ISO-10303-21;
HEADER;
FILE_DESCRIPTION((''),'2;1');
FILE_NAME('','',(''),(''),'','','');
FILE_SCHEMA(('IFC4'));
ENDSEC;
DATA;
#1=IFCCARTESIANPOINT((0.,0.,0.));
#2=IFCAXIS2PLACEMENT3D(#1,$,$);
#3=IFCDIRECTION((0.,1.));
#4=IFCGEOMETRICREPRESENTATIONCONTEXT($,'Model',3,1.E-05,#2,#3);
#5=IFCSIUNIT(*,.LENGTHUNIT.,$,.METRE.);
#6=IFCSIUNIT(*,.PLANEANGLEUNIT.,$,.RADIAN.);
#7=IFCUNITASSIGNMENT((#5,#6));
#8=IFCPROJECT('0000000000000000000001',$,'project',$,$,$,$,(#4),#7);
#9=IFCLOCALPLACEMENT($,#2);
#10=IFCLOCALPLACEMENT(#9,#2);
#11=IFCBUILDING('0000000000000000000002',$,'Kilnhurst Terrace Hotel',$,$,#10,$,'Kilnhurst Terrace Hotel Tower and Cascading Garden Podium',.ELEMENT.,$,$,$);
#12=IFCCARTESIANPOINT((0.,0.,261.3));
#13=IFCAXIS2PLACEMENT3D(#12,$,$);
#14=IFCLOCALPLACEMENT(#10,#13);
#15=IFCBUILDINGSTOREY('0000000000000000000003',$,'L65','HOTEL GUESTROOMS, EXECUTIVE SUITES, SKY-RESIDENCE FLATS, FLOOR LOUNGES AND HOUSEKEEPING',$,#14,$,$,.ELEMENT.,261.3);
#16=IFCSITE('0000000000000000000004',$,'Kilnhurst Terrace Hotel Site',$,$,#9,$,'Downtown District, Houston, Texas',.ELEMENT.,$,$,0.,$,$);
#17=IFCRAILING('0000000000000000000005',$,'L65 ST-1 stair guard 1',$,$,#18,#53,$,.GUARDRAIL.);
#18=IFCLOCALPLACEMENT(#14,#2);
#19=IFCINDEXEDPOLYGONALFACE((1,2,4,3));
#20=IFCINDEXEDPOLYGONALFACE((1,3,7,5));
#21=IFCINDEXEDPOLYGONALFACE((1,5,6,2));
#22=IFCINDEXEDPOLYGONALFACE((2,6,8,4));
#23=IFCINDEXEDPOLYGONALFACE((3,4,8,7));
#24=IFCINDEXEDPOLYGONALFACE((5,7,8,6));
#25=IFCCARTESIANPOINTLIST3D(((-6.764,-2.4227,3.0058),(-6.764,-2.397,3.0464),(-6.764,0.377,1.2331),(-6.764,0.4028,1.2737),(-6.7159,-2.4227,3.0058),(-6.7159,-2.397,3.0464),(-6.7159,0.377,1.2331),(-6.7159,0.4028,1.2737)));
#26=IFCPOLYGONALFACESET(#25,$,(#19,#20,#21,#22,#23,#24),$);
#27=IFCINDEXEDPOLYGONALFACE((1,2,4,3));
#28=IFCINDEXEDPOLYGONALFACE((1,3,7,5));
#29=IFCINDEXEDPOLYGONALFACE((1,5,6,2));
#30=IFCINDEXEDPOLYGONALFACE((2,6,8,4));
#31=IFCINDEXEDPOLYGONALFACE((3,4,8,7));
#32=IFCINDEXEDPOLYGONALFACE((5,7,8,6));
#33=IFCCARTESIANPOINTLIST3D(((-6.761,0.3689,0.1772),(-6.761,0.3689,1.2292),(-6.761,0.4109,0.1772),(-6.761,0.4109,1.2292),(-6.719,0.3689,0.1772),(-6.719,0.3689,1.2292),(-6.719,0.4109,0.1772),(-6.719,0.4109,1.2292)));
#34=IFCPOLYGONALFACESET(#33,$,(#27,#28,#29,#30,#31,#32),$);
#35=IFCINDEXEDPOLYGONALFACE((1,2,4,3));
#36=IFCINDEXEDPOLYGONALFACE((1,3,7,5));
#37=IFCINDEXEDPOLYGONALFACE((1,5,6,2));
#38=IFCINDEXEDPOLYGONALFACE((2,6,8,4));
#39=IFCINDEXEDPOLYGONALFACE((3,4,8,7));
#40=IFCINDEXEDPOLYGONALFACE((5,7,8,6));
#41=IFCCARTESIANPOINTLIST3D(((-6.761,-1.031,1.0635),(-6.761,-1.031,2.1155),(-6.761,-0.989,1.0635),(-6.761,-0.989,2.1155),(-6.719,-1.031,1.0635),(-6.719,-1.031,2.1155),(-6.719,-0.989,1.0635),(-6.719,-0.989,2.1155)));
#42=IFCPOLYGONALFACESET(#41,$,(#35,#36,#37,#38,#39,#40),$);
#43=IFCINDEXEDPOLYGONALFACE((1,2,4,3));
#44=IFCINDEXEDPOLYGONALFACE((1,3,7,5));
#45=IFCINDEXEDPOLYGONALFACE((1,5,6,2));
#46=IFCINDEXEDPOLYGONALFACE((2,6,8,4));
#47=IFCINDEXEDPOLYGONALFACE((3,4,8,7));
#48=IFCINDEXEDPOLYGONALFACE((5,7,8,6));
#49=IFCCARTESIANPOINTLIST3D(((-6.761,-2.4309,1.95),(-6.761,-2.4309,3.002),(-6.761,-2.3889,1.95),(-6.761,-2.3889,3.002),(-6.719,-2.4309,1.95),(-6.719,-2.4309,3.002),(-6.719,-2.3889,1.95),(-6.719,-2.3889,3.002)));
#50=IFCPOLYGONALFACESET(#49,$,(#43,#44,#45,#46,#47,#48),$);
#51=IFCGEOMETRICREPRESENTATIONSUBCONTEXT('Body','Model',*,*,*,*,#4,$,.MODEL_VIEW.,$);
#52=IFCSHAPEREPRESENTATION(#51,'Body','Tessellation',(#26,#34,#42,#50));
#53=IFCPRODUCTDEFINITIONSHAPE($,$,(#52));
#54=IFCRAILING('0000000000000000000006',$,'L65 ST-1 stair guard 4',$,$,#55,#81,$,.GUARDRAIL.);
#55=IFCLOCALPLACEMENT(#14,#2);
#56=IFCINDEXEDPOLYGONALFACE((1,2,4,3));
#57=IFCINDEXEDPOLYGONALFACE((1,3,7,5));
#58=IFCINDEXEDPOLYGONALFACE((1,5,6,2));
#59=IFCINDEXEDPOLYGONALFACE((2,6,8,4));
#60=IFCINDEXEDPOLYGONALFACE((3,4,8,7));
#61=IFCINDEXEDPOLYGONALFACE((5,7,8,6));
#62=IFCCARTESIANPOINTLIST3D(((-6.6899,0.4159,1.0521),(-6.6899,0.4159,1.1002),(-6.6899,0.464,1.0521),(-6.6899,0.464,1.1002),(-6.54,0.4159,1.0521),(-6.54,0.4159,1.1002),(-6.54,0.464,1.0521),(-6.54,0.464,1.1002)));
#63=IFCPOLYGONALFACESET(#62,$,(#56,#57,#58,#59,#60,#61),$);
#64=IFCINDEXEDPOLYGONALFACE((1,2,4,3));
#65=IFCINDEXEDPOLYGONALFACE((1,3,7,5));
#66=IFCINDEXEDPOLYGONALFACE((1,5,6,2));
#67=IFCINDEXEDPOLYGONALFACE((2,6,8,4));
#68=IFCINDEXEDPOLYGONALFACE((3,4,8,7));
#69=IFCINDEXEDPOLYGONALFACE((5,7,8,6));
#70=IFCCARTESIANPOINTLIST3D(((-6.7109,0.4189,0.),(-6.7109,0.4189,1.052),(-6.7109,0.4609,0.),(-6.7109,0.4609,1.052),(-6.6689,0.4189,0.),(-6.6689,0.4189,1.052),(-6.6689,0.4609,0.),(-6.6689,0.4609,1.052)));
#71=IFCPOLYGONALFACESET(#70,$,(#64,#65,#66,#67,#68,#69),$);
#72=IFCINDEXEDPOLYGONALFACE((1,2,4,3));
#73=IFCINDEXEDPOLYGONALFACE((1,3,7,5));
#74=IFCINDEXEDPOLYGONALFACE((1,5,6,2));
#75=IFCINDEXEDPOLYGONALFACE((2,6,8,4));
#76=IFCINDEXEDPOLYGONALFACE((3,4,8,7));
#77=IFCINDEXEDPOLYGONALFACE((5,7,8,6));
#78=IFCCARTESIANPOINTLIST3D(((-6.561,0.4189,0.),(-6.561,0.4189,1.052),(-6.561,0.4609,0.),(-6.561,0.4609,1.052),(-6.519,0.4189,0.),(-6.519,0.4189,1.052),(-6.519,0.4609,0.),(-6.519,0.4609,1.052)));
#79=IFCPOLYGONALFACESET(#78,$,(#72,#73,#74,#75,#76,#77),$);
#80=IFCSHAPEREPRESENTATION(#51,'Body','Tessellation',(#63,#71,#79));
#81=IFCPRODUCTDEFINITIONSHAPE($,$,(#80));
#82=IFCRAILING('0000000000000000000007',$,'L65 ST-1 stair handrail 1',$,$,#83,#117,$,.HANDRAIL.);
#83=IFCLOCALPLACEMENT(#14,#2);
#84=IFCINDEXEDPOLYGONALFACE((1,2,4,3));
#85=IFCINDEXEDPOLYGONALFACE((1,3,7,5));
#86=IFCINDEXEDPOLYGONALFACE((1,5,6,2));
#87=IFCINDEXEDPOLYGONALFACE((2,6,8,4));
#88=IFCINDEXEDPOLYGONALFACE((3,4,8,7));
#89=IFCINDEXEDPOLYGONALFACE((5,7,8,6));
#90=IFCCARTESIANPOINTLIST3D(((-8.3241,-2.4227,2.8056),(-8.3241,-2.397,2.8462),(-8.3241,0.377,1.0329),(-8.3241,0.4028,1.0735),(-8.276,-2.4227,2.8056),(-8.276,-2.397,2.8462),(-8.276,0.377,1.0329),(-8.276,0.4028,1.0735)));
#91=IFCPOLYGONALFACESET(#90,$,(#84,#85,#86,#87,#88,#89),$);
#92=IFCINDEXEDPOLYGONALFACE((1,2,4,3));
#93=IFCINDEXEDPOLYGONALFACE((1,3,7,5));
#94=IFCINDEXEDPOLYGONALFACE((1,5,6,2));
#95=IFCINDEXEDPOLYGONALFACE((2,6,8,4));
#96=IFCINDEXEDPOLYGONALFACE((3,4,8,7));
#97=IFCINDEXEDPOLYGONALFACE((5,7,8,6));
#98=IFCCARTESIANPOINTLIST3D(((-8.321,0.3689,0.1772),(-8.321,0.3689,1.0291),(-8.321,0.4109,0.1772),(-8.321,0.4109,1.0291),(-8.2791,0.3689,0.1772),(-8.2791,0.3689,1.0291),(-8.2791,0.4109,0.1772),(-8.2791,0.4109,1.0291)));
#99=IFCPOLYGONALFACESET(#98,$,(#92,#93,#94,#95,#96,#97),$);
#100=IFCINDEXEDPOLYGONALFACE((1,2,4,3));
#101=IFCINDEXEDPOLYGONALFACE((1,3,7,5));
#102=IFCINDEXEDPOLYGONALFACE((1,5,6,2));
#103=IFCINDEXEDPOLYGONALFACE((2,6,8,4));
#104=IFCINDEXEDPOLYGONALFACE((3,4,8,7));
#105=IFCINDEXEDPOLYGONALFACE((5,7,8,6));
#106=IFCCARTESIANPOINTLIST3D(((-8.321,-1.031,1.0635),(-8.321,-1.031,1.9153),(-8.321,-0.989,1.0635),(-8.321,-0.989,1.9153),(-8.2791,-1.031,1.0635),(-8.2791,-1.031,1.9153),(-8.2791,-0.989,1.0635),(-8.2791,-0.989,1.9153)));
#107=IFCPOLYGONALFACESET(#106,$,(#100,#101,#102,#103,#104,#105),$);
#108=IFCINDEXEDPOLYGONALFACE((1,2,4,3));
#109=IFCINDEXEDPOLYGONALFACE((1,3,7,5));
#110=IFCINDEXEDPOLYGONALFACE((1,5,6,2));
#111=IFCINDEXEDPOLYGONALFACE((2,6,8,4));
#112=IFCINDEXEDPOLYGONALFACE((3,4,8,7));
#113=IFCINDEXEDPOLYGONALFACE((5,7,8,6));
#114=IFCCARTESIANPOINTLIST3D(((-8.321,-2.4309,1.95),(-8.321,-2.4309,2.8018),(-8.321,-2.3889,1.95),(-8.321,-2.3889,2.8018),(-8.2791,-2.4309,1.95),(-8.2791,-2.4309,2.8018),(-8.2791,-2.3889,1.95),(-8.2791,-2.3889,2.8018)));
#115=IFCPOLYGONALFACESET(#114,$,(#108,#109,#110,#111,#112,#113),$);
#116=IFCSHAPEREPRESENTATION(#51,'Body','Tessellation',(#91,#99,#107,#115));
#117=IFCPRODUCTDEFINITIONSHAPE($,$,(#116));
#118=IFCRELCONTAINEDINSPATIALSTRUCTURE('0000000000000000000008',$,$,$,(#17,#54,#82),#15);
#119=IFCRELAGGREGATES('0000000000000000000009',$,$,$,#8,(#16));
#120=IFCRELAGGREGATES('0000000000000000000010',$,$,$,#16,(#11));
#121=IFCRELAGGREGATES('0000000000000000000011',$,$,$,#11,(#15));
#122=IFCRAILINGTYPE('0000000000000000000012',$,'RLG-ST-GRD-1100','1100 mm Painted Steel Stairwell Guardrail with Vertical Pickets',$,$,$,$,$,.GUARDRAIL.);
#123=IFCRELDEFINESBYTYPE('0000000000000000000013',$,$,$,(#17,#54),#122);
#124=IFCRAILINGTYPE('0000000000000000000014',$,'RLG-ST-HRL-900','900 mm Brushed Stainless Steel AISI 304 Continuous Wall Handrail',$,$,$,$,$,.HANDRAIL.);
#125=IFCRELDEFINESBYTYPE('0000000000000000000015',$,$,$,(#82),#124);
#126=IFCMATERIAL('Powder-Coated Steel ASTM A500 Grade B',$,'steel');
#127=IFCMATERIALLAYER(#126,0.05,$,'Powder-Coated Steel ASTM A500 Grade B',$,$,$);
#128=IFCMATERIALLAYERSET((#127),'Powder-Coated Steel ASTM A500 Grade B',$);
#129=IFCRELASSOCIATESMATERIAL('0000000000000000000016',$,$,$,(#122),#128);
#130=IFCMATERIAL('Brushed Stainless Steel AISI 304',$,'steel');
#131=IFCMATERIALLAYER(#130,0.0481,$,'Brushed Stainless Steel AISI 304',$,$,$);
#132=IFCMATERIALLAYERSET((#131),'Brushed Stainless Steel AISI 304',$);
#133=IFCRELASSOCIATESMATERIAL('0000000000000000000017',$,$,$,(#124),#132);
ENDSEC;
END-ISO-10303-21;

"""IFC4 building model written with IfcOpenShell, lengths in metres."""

from ifc_helpers import new_model, si_unit, direction, frame, origin, origin_2d, place, context, subcontext, project, spatial, rectangle, extrude, material, layer, layer_set, type_object, element, save


model = new_model("IFC4")

# Units and contexts
model_context = context("Model", 3, precision=1e-05, world=origin(), true_north=direction((0.0, 1.0)))
body_context = subcontext(model_context, "Body", "Model", "MODEL_VIEW")
ifc_project = project(units=[si_unit("LENGTHUNIT", "METRE"), si_unit("PLANEANGLEUNIT", "RADIAN")], contexts=[model_context])

# Site, building, storey
site_placement = place(None, origin())
site = spatial("IfcSite", under=ifc_project, at=site_placement, Name="Kilnhurst Terrace Hotel Site", LongName="Downtown District, Houston, Texas", CompositionType="ELEMENT", RefElevation=0.0)
building_placement = place(site_placement, origin())
building = spatial("IfcBuilding", under=site, at=building_placement, Name="Kilnhurst Terrace Hotel", LongName="Kilnhurst Terrace Hotel Tower and Cascading Garden Podium", CompositionType="ELEMENT")
storey_placement = place(building_placement, frame((0.0, 0.0, 261.3)))
storey = spatial("IfcBuildingStorey", under=building, at=storey_placement, Name="L65", Description="HOTEL GUESTROOMS, EXECUTIVE SUITES, SKY-RESIDENCE FLATS, FLOOR LOUNGES AND HOUSEKEEPING", CompositionType="ELEMENT", Elevation=261.3)

# Railings
ifc_material_1 = material(Name="Powder-Coated Steel ASTM A500 Grade B", Category="steel")
ifc_layer_1 = layer(ifc_material_1, 0.05, Name="Powder-Coated Steel ASTM A500 Grade B")
ifc_layer_set_1 = layer_set([ifc_layer_1], Name="Powder-Coated Steel ASTM A500 Grade B")
railing_type_1 = type_object("IfcRailingType", Name="RLG-ST-GRD-1100", Description="1100 mm Painted Steel Stairwell Guardrail with Vertical Pickets", PredefinedType="GUARDRAIL", material=ifc_layer_set_1)
railing_1_placement = place(storey_placement, frame((-6.74, 0.3899, 0.1772)))
element("IfcRailing", 1, at=railing_1_placement, inside=storey, type_object=railing_type_1, Name="L65 ST-1 stair guard 1", PredefinedType="GUARDRAIL", context=body_context, shape_type="SweptSolid", body=[
    extrude(rectangle(XDim=0.0481, YDim=0.0481, at=origin_2d()), frame((0.0, 0.0, 1.0762), z_axis=(0.0, -0.844888, 0.534943), x_axis=(1.0, 0.0, 0.0)), (0.0, 0.0, 1.0), 3.3137),
    extrude(rectangle(XDim=0.042, YDim=0.042, at=origin_2d()), origin(), (0.0, 0.0, 1.0), 1.052),
    extrude(rectangle(XDim=0.042, YDim=0.042, at=origin_2d()), frame((0.0, -1.3999, 0.8862)), (0.0, 0.0, 1.0), 1.052),
    extrude(rectangle(XDim=0.042, YDim=0.042, at=origin_2d()), frame((0.0, -2.7998, 1.7727)), (0.0, 0.0, 1.0), 1.052),
])
railing_2_placement = place(storey_placement, frame((-6.6899, 0.4399, 0.0)))
element("IfcRailing", 2, at=railing_2_placement, inside=storey, type_object=railing_type_1, Name="L65 ST-1 stair guard 4", PredefinedType="GUARDRAIL", context=body_context, shape_type="SweptSolid", body=[
    extrude(rectangle(XDim=0.0481, YDim=0.0481, at=origin_2d()), frame((0.0, 0.0, 1.0762), z_axis=(1.0, 0.0, 0.0), x_axis=(0.0, 1.0, 0.0)), (0.0, 0.0, 1.0), 0.1499),
    extrude(rectangle(XDim=0.042, YDim=0.042, at=origin_2d()), origin(), (0.0, 0.0, 1.0), 1.052),
    extrude(rectangle(XDim=0.042, YDim=0.042, at=origin_2d()), frame((0.1499, 0.0, 0.0)), (0.0, 0.0, 1.0), 1.052),
])
ifc_material_2 = material(Name="Brushed Stainless Steel AISI 304", Category="steel")
ifc_layer_2 = layer(ifc_material_2, 0.0481, Name="Brushed Stainless Steel AISI 304")
ifc_layer_set_2 = layer_set([ifc_layer_2], Name="Brushed Stainless Steel AISI 304")
railing_type_2 = type_object("IfcRailingType", Name="RLG-ST-HRL-900", Description="900 mm Brushed Stainless Steel AISI 304 Continuous Wall Handrail", PredefinedType="HANDRAIL", material=ifc_layer_set_2)
railing_3_placement = place(storey_placement, frame((-8.3, 0.3899, 0.1772)))
element("IfcRailing", 3, at=railing_3_placement, inside=storey, type_object=railing_type_2, Name="L65 ST-1 stair handrail 1", PredefinedType="HANDRAIL", context=body_context, shape_type="SweptSolid", body=[
    extrude(rectangle(XDim=0.0481, YDim=0.0481, at=origin_2d()), frame((0.0, 0.0, 0.876), z_axis=(0.0, -0.844888, 0.534943), x_axis=(1.0, 0.0, 0.0)), (0.0, 0.0, 1.0), 3.3137),
    extrude(rectangle(XDim=0.042, YDim=0.042, at=origin_2d()), origin(), (0.0, 0.0, 1.0), 0.8518),
    extrude(rectangle(XDim=0.042, YDim=0.042, at=origin_2d()), frame((0.0, -1.3999, 0.8862)), (0.0, 0.0, 1.0), 0.8518),
    extrude(rectangle(XDim=0.042, YDim=0.042, at=origin_2d()), frame((0.0, -2.7998, 1.7727)), (0.0, 0.0, 1.0), 0.8518),
])

save(model, "model.ifc")
